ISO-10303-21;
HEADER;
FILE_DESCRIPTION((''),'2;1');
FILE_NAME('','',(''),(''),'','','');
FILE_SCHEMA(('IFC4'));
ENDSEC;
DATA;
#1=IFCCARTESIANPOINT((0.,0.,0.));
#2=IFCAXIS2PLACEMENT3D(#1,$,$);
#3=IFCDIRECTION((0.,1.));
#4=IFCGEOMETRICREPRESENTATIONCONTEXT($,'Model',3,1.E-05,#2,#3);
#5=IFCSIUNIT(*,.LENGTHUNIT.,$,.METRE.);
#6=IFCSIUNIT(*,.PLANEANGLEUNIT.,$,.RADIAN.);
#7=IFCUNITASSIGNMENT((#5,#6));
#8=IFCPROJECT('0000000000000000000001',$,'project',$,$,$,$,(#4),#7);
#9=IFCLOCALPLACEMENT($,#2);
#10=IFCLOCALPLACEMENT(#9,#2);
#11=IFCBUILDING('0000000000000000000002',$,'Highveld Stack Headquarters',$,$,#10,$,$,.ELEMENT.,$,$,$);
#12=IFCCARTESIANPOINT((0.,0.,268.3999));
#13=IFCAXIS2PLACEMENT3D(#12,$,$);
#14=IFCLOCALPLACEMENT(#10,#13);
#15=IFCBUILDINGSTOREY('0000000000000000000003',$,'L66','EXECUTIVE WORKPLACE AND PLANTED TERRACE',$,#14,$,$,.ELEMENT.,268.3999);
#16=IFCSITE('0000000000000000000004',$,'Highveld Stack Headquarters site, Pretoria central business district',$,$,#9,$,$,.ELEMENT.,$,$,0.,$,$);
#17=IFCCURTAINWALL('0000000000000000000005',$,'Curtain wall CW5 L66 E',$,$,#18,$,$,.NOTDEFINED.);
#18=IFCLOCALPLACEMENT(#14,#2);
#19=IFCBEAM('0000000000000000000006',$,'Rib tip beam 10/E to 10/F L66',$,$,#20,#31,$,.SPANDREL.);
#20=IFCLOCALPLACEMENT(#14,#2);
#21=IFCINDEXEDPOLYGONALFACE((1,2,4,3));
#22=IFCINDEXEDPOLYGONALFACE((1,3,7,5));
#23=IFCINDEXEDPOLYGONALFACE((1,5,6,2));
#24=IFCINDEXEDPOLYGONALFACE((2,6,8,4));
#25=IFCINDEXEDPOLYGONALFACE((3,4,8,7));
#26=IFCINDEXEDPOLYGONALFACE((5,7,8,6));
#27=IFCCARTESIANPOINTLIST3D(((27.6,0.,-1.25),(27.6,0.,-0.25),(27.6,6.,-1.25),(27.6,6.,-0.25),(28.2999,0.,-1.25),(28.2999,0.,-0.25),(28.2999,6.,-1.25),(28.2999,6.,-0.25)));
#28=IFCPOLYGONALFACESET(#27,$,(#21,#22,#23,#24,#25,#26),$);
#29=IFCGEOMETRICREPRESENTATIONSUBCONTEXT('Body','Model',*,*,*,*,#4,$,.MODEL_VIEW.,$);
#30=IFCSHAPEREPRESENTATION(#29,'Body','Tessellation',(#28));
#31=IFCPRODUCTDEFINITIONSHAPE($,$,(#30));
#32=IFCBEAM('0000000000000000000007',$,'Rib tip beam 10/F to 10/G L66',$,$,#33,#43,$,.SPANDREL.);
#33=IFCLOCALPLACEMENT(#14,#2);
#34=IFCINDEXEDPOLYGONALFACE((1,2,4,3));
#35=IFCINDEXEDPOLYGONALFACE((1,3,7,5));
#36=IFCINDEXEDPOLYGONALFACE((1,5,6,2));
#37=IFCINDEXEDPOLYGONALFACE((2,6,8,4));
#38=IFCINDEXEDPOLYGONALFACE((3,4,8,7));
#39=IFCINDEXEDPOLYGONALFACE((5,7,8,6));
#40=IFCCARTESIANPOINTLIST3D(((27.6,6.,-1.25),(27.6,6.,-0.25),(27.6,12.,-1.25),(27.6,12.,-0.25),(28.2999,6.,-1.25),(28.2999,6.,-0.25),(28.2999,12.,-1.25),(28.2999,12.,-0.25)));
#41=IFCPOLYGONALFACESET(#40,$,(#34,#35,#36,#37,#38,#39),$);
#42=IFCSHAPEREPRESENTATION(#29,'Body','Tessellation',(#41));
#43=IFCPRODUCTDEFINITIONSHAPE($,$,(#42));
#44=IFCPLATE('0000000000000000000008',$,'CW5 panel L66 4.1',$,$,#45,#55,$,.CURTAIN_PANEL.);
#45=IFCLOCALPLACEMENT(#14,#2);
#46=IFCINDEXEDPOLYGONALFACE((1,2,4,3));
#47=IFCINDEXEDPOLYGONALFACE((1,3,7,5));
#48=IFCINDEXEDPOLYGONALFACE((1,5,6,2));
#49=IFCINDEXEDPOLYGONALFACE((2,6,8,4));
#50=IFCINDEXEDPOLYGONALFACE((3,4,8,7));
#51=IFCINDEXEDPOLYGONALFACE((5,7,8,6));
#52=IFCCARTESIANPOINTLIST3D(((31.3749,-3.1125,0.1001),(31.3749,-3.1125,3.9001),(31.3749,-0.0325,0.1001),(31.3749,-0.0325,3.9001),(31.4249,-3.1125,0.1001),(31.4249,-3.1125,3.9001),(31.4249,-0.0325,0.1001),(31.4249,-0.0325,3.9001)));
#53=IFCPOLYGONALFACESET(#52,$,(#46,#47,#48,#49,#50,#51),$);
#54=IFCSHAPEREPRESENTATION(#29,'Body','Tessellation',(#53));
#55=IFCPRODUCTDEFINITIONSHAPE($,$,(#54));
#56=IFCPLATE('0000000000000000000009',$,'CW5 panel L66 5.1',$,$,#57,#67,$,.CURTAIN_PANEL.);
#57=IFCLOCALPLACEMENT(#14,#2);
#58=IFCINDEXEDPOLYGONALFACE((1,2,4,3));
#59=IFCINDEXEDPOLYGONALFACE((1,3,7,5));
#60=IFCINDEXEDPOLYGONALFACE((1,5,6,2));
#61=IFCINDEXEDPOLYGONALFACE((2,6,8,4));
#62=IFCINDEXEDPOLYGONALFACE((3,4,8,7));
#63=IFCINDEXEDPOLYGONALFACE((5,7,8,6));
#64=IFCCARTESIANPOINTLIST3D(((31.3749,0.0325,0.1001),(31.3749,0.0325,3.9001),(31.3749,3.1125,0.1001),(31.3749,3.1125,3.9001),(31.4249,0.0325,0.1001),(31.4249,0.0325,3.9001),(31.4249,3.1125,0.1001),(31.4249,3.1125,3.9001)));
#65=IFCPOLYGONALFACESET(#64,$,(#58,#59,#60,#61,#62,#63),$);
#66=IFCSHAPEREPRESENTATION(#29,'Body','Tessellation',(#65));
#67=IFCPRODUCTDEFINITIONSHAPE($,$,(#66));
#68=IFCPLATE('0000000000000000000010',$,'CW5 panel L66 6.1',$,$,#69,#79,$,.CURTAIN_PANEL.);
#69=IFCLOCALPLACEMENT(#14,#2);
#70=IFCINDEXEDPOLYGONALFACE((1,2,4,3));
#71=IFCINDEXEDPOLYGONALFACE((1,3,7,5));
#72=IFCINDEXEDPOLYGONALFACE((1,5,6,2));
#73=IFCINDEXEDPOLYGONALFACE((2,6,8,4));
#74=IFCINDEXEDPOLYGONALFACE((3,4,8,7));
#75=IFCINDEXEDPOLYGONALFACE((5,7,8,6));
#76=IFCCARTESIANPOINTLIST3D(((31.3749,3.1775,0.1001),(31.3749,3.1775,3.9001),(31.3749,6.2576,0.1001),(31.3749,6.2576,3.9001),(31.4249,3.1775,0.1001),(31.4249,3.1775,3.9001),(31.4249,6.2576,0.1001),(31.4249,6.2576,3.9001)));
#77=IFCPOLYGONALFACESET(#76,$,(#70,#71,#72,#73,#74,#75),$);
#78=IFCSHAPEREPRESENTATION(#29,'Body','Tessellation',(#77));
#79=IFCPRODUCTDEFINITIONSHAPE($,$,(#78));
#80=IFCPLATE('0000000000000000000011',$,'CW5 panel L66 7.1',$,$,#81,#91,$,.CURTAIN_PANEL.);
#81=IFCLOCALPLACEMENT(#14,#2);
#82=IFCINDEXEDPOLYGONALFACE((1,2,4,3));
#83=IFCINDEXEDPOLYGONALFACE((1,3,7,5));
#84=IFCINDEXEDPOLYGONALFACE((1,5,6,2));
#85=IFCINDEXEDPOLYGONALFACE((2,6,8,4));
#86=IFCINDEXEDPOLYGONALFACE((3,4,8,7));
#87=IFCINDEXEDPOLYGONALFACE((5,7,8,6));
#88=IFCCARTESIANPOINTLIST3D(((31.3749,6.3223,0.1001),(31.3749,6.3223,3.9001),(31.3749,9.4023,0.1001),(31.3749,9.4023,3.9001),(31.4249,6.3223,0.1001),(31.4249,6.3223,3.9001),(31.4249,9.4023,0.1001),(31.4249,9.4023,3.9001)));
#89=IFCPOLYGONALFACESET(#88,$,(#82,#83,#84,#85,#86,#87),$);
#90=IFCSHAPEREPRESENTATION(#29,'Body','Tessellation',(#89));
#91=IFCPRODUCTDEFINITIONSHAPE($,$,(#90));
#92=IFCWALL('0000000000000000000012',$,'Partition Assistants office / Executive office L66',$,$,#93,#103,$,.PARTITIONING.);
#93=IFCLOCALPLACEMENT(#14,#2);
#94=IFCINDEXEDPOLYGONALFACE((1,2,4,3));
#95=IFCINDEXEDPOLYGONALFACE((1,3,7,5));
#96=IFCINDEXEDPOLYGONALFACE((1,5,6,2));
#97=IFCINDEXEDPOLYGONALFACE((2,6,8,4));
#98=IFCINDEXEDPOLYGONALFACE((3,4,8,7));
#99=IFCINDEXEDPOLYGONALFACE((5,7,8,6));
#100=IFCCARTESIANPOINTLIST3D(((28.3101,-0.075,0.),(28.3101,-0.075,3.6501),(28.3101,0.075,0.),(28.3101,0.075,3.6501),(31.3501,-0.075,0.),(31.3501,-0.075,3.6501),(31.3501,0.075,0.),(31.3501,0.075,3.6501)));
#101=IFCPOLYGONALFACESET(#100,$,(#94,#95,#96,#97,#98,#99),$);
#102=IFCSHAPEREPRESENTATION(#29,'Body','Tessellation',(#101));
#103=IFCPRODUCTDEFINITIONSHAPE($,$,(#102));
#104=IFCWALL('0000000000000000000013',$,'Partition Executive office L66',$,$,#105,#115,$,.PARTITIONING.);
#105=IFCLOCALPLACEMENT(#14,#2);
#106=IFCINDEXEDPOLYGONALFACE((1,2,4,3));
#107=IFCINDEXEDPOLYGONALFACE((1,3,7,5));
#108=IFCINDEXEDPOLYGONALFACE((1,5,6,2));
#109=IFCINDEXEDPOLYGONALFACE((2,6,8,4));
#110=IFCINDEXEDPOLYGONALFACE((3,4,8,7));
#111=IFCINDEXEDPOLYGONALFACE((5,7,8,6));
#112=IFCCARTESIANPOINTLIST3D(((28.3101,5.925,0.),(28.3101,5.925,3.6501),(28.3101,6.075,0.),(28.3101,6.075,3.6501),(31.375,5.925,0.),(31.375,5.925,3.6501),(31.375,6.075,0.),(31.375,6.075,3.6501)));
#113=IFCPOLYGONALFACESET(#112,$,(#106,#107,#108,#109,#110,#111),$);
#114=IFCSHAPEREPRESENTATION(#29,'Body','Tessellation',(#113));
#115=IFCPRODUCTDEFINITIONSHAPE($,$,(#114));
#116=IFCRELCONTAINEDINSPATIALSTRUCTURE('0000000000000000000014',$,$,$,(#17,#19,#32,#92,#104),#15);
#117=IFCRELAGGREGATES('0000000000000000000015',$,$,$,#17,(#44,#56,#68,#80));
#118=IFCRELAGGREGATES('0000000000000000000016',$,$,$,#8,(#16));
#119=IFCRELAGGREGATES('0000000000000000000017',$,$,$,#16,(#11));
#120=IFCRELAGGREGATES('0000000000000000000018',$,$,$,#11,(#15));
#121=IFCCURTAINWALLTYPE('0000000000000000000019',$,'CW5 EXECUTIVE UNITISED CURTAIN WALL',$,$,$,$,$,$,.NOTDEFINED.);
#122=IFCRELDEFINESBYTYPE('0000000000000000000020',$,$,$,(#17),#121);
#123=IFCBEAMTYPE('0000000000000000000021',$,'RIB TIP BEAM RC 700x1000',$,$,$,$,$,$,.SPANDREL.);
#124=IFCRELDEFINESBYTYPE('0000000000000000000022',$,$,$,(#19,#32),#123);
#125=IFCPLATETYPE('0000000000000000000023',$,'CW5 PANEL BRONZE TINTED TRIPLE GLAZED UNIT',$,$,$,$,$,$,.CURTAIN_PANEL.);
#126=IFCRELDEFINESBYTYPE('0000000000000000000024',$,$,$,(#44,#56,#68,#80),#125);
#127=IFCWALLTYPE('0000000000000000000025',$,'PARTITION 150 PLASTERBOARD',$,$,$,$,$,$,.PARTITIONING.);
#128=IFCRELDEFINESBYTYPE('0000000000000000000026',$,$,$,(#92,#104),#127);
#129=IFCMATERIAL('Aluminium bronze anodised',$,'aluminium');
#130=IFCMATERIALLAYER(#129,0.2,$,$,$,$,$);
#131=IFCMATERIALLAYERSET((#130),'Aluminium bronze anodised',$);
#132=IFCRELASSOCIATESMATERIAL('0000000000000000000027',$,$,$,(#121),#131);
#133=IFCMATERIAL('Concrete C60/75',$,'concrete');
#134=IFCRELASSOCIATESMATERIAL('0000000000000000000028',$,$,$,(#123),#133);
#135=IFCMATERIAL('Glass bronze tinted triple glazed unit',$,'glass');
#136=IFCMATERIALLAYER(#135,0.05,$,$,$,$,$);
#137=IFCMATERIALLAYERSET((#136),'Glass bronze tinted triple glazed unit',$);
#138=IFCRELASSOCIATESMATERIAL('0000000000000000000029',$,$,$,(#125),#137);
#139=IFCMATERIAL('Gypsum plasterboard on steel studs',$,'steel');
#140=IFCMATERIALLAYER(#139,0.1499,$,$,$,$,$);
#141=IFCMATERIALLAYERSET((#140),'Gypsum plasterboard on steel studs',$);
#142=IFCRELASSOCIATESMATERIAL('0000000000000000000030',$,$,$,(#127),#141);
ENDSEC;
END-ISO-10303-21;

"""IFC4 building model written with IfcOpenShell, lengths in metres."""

from ifc_helpers import new_model, si_unit, direction, frame, frame_2d, origin, origin_2d, place, context, subcontext, project, spatial, rectangle, extrude, material, layer, layer_set, material_profile, profile_set, type_object, element, aggregate, save


model = new_model("IFC4")

# Units and contexts
model_context = context("Model", 3, precision=1e-05, world=origin(), true_north=direction((0.0, 1.0)))
body_context = subcontext(model_context, "Body", "Model", "MODEL_VIEW")
ifc_project = project(units=[si_unit("LENGTHUNIT", "METRE"), si_unit("PLANEANGLEUNIT", "RADIAN")], contexts=[model_context])

# Site, building, storey
site_placement = place(None, origin())
site = spatial("IfcSite", under=ifc_project, at=site_placement, Name="Highveld Stack Headquarters site, Pretoria central business district", CompositionType="ELEMENT", RefElevation=0.0)
building_placement = place(site_placement, origin())
building = spatial("IfcBuilding", under=site, at=building_placement, Name="Highveld Stack Headquarters", CompositionType="ELEMENT")
storey_placement = place(building_placement, frame((0.0, 0.0, 268.3999)))
storey = spatial("IfcBuildingStorey", under=building, at=storey_placement, Name="L66", Description="EXECUTIVE WORKPLACE AND PLANTED TERRACE", CompositionType="ELEMENT", Elevation=268.3999)

# Curtain wall
ifc_material_1 = material(Name="Aluminium bronze anodised", Category="aluminium")
ifc_layer_1 = layer(ifc_material_1, 0.2)
ifc_layer_set_1 = layer_set([ifc_layer_1], Name="Aluminium bronze anodised")
curtain_wall_type = type_object("IfcCurtainWallType", Name="CW5 EXECUTIVE UNITISED CURTAIN WALL", PredefinedType="NOTDEFINED", material=ifc_layer_set_1)
curtain_wall_placement = place(storey_placement, origin())
curtain_wall = element("IfcCurtainWall", 1, at=curtain_wall_placement, inside=storey, type_object=curtain_wall_type, Name="Curtain wall CW5 L66 E", PredefinedType="NOTDEFINED")

# Beams
ifc_material_2 = material(Name="Concrete C60/75", Category="concrete")
ifc_material_profile_1 = material_profile(ifc_material_2, rectangle(XDim=0.7, YDim=1.0, at=origin_2d()), Name="RC 700x1000")
ifc_profile_set_1 = profile_set([ifc_material_profile_1], Name="Concrete C60/75")
beam_type = type_object("IfcBeamType", Name="RIB TIP BEAM RC 700x1000", PredefinedType="SPANDREL", material=ifc_profile_set_1)
for number, where, z_axis, x_axis, name in (
    (2, (27.95, 0.0, -0.75), (0.0, 1.0, 0.0), (-1.0, 0.0, 0.0), "Rib tip beam 10/E to 10/F L66"),
    (3, (27.95, 6.0, -0.75), (0.0, 1.0, 0.0), (-1.0, 0.0, 0.0), "Rib tip beam 10/F to 10/G L66"),
):
    element("IfcBeam", number, at=place(storey_placement, frame(where, z_axis=z_axis, x_axis=x_axis)), inside=storey, type_object=beam_type, Name=name, PredefinedType="SPANDREL", context=body_context, shape_type="SweptSolid", body=[
        extrude(rectangle(XDim=0.7, YDim=1.0, at=origin_2d()), origin(), (0.0, 0.0, 1.0), 6.0),
    ])

# Plates
ifc_material_3 = material(Name="Glass bronze tinted triple glazed unit", Category="glass")
ifc_layer_2 = layer(ifc_material_3, 0.05)
ifc_layer_set_2 = layer_set([ifc_layer_2], Name="Glass bronze tinted triple glazed unit")
plate_type = type_object("IfcPlateType", Name="CW5 PANEL BRONZE TINTED TRIPLE GLAZED UNIT", PredefinedType="CURTAIN_PANEL", material=ifc_layer_set_2)
plate_1_placement = place(storey_placement, frame((31.3999, -1.5725, 0.1001), z_axis=(0.0, 0.0, 1.0), x_axis=(0.0, 1.0, 0.0)))
plate_1 = element("IfcPlate", 4, at=plate_1_placement, type_object=plate_type, Name="CW5 panel L66 4.1", PredefinedType="CURTAIN_PANEL", context=body_context, shape_type="SweptSolid", body=[
    extrude(rectangle(XDim=3.0801, YDim=0.05, at=origin_2d()), origin(), (0.0, 0.0, 1.0), 3.8),
])
plate_2_placement = place(storey_placement, frame((31.3999, 1.5725, 0.1001), z_axis=(0.0, 0.0, 1.0), x_axis=(0.0, 1.0, 0.0)))
plate_2 = element("IfcPlate", 5, at=plate_2_placement, type_object=plate_type, Name="CW5 panel L66 5.1", PredefinedType="CURTAIN_PANEL", context=body_context, shape_type="SweptSolid", body=[
    extrude(rectangle(XDim=3.0801, YDim=0.05, at=origin_2d()), origin(), (0.0, 0.0, 1.0), 3.8),
])
plate_3_placement = place(storey_placement, frame((31.3999, 4.7175, 0.1001), z_axis=(0.0, 0.0, 1.0), x_axis=(0.0, 1.0, 0.0)))
plate_3 = element("IfcPlate", 6, at=plate_3_placement, type_object=plate_type, Name="CW5 panel L66 6.1", PredefinedType="CURTAIN_PANEL", context=body_context, shape_type="SweptSolid", body=[
    extrude(rectangle(XDim=3.0801, YDim=0.05, at=origin_2d()), origin(), (0.0, 0.0, 1.0), 3.8),
])
plate_4_placement = place(storey_placement, frame((31.3999, 7.8623, 0.1001), z_axis=(0.0, 0.0, 1.0), x_axis=(0.0, 1.0, 0.0)))
plate_4 = element("IfcPlate", 7, at=plate_4_placement, type_object=plate_type, Name="CW5 panel L66 7.1", PredefinedType="CURTAIN_PANEL", context=body_context, shape_type="SweptSolid", body=[
    extrude(rectangle(XDim=3.0801, YDim=0.05, at=origin_2d()), origin(), (0.0, 0.0, 1.0), 3.8),
])
aggregate(curtain_wall, [plate_1, plate_2, plate_3, plate_4])

# Walls
ifc_material_4 = material(Name="Gypsum plasterboard on steel studs", Category="steel")
ifc_layer_3 = layer(ifc_material_4, 0.1499)
ifc_layer_set_3 = layer_set([ifc_layer_3], Name="Gypsum plasterboard on steel studs")
wall_type = type_object("IfcWallType", Name="PARTITION 150 PLASTERBOARD", PredefinedType="PARTITIONING", material=ifc_layer_set_3)
wall_1_placement = place(storey_placement, frame((28.3101, 0.0, 0.0), z_axis=(0.0, 0.0, 1.0), x_axis=(1.0, 0.0, 0.0)))
element("IfcWall", 8, at=wall_1_placement, inside=storey, type_object=wall_type, Name="Partition Assistants office / Executive office L66", PredefinedType="PARTITIONING", context=body_context, shape_type="SweptSolid", body=[
    extrude(rectangle(XDim=3.04, YDim=0.1499, at=frame_2d((1.52, 0.0))), origin(), (0.0, 0.0, 1.0), 3.6501),
])
wall_2_placement = place(storey_placement, frame((28.3101, 6.0, 0.0), z_axis=(0.0, 0.0, 1.0), x_axis=(1.0, 0.0, 0.0)))
element("IfcWall", 9, at=wall_2_placement, inside=storey, type_object=wall_type, Name="Partition Executive office L66", PredefinedType="PARTITIONING", context=body_context, shape_type="SweptSolid", body=[
    extrude(rectangle(XDim=3.0649, YDim=0.1499, at=frame_2d((1.5325, 0.0))), origin(), (0.0, 0.0, 1.0), 3.6501),
])

save(model, "model.ifc")
